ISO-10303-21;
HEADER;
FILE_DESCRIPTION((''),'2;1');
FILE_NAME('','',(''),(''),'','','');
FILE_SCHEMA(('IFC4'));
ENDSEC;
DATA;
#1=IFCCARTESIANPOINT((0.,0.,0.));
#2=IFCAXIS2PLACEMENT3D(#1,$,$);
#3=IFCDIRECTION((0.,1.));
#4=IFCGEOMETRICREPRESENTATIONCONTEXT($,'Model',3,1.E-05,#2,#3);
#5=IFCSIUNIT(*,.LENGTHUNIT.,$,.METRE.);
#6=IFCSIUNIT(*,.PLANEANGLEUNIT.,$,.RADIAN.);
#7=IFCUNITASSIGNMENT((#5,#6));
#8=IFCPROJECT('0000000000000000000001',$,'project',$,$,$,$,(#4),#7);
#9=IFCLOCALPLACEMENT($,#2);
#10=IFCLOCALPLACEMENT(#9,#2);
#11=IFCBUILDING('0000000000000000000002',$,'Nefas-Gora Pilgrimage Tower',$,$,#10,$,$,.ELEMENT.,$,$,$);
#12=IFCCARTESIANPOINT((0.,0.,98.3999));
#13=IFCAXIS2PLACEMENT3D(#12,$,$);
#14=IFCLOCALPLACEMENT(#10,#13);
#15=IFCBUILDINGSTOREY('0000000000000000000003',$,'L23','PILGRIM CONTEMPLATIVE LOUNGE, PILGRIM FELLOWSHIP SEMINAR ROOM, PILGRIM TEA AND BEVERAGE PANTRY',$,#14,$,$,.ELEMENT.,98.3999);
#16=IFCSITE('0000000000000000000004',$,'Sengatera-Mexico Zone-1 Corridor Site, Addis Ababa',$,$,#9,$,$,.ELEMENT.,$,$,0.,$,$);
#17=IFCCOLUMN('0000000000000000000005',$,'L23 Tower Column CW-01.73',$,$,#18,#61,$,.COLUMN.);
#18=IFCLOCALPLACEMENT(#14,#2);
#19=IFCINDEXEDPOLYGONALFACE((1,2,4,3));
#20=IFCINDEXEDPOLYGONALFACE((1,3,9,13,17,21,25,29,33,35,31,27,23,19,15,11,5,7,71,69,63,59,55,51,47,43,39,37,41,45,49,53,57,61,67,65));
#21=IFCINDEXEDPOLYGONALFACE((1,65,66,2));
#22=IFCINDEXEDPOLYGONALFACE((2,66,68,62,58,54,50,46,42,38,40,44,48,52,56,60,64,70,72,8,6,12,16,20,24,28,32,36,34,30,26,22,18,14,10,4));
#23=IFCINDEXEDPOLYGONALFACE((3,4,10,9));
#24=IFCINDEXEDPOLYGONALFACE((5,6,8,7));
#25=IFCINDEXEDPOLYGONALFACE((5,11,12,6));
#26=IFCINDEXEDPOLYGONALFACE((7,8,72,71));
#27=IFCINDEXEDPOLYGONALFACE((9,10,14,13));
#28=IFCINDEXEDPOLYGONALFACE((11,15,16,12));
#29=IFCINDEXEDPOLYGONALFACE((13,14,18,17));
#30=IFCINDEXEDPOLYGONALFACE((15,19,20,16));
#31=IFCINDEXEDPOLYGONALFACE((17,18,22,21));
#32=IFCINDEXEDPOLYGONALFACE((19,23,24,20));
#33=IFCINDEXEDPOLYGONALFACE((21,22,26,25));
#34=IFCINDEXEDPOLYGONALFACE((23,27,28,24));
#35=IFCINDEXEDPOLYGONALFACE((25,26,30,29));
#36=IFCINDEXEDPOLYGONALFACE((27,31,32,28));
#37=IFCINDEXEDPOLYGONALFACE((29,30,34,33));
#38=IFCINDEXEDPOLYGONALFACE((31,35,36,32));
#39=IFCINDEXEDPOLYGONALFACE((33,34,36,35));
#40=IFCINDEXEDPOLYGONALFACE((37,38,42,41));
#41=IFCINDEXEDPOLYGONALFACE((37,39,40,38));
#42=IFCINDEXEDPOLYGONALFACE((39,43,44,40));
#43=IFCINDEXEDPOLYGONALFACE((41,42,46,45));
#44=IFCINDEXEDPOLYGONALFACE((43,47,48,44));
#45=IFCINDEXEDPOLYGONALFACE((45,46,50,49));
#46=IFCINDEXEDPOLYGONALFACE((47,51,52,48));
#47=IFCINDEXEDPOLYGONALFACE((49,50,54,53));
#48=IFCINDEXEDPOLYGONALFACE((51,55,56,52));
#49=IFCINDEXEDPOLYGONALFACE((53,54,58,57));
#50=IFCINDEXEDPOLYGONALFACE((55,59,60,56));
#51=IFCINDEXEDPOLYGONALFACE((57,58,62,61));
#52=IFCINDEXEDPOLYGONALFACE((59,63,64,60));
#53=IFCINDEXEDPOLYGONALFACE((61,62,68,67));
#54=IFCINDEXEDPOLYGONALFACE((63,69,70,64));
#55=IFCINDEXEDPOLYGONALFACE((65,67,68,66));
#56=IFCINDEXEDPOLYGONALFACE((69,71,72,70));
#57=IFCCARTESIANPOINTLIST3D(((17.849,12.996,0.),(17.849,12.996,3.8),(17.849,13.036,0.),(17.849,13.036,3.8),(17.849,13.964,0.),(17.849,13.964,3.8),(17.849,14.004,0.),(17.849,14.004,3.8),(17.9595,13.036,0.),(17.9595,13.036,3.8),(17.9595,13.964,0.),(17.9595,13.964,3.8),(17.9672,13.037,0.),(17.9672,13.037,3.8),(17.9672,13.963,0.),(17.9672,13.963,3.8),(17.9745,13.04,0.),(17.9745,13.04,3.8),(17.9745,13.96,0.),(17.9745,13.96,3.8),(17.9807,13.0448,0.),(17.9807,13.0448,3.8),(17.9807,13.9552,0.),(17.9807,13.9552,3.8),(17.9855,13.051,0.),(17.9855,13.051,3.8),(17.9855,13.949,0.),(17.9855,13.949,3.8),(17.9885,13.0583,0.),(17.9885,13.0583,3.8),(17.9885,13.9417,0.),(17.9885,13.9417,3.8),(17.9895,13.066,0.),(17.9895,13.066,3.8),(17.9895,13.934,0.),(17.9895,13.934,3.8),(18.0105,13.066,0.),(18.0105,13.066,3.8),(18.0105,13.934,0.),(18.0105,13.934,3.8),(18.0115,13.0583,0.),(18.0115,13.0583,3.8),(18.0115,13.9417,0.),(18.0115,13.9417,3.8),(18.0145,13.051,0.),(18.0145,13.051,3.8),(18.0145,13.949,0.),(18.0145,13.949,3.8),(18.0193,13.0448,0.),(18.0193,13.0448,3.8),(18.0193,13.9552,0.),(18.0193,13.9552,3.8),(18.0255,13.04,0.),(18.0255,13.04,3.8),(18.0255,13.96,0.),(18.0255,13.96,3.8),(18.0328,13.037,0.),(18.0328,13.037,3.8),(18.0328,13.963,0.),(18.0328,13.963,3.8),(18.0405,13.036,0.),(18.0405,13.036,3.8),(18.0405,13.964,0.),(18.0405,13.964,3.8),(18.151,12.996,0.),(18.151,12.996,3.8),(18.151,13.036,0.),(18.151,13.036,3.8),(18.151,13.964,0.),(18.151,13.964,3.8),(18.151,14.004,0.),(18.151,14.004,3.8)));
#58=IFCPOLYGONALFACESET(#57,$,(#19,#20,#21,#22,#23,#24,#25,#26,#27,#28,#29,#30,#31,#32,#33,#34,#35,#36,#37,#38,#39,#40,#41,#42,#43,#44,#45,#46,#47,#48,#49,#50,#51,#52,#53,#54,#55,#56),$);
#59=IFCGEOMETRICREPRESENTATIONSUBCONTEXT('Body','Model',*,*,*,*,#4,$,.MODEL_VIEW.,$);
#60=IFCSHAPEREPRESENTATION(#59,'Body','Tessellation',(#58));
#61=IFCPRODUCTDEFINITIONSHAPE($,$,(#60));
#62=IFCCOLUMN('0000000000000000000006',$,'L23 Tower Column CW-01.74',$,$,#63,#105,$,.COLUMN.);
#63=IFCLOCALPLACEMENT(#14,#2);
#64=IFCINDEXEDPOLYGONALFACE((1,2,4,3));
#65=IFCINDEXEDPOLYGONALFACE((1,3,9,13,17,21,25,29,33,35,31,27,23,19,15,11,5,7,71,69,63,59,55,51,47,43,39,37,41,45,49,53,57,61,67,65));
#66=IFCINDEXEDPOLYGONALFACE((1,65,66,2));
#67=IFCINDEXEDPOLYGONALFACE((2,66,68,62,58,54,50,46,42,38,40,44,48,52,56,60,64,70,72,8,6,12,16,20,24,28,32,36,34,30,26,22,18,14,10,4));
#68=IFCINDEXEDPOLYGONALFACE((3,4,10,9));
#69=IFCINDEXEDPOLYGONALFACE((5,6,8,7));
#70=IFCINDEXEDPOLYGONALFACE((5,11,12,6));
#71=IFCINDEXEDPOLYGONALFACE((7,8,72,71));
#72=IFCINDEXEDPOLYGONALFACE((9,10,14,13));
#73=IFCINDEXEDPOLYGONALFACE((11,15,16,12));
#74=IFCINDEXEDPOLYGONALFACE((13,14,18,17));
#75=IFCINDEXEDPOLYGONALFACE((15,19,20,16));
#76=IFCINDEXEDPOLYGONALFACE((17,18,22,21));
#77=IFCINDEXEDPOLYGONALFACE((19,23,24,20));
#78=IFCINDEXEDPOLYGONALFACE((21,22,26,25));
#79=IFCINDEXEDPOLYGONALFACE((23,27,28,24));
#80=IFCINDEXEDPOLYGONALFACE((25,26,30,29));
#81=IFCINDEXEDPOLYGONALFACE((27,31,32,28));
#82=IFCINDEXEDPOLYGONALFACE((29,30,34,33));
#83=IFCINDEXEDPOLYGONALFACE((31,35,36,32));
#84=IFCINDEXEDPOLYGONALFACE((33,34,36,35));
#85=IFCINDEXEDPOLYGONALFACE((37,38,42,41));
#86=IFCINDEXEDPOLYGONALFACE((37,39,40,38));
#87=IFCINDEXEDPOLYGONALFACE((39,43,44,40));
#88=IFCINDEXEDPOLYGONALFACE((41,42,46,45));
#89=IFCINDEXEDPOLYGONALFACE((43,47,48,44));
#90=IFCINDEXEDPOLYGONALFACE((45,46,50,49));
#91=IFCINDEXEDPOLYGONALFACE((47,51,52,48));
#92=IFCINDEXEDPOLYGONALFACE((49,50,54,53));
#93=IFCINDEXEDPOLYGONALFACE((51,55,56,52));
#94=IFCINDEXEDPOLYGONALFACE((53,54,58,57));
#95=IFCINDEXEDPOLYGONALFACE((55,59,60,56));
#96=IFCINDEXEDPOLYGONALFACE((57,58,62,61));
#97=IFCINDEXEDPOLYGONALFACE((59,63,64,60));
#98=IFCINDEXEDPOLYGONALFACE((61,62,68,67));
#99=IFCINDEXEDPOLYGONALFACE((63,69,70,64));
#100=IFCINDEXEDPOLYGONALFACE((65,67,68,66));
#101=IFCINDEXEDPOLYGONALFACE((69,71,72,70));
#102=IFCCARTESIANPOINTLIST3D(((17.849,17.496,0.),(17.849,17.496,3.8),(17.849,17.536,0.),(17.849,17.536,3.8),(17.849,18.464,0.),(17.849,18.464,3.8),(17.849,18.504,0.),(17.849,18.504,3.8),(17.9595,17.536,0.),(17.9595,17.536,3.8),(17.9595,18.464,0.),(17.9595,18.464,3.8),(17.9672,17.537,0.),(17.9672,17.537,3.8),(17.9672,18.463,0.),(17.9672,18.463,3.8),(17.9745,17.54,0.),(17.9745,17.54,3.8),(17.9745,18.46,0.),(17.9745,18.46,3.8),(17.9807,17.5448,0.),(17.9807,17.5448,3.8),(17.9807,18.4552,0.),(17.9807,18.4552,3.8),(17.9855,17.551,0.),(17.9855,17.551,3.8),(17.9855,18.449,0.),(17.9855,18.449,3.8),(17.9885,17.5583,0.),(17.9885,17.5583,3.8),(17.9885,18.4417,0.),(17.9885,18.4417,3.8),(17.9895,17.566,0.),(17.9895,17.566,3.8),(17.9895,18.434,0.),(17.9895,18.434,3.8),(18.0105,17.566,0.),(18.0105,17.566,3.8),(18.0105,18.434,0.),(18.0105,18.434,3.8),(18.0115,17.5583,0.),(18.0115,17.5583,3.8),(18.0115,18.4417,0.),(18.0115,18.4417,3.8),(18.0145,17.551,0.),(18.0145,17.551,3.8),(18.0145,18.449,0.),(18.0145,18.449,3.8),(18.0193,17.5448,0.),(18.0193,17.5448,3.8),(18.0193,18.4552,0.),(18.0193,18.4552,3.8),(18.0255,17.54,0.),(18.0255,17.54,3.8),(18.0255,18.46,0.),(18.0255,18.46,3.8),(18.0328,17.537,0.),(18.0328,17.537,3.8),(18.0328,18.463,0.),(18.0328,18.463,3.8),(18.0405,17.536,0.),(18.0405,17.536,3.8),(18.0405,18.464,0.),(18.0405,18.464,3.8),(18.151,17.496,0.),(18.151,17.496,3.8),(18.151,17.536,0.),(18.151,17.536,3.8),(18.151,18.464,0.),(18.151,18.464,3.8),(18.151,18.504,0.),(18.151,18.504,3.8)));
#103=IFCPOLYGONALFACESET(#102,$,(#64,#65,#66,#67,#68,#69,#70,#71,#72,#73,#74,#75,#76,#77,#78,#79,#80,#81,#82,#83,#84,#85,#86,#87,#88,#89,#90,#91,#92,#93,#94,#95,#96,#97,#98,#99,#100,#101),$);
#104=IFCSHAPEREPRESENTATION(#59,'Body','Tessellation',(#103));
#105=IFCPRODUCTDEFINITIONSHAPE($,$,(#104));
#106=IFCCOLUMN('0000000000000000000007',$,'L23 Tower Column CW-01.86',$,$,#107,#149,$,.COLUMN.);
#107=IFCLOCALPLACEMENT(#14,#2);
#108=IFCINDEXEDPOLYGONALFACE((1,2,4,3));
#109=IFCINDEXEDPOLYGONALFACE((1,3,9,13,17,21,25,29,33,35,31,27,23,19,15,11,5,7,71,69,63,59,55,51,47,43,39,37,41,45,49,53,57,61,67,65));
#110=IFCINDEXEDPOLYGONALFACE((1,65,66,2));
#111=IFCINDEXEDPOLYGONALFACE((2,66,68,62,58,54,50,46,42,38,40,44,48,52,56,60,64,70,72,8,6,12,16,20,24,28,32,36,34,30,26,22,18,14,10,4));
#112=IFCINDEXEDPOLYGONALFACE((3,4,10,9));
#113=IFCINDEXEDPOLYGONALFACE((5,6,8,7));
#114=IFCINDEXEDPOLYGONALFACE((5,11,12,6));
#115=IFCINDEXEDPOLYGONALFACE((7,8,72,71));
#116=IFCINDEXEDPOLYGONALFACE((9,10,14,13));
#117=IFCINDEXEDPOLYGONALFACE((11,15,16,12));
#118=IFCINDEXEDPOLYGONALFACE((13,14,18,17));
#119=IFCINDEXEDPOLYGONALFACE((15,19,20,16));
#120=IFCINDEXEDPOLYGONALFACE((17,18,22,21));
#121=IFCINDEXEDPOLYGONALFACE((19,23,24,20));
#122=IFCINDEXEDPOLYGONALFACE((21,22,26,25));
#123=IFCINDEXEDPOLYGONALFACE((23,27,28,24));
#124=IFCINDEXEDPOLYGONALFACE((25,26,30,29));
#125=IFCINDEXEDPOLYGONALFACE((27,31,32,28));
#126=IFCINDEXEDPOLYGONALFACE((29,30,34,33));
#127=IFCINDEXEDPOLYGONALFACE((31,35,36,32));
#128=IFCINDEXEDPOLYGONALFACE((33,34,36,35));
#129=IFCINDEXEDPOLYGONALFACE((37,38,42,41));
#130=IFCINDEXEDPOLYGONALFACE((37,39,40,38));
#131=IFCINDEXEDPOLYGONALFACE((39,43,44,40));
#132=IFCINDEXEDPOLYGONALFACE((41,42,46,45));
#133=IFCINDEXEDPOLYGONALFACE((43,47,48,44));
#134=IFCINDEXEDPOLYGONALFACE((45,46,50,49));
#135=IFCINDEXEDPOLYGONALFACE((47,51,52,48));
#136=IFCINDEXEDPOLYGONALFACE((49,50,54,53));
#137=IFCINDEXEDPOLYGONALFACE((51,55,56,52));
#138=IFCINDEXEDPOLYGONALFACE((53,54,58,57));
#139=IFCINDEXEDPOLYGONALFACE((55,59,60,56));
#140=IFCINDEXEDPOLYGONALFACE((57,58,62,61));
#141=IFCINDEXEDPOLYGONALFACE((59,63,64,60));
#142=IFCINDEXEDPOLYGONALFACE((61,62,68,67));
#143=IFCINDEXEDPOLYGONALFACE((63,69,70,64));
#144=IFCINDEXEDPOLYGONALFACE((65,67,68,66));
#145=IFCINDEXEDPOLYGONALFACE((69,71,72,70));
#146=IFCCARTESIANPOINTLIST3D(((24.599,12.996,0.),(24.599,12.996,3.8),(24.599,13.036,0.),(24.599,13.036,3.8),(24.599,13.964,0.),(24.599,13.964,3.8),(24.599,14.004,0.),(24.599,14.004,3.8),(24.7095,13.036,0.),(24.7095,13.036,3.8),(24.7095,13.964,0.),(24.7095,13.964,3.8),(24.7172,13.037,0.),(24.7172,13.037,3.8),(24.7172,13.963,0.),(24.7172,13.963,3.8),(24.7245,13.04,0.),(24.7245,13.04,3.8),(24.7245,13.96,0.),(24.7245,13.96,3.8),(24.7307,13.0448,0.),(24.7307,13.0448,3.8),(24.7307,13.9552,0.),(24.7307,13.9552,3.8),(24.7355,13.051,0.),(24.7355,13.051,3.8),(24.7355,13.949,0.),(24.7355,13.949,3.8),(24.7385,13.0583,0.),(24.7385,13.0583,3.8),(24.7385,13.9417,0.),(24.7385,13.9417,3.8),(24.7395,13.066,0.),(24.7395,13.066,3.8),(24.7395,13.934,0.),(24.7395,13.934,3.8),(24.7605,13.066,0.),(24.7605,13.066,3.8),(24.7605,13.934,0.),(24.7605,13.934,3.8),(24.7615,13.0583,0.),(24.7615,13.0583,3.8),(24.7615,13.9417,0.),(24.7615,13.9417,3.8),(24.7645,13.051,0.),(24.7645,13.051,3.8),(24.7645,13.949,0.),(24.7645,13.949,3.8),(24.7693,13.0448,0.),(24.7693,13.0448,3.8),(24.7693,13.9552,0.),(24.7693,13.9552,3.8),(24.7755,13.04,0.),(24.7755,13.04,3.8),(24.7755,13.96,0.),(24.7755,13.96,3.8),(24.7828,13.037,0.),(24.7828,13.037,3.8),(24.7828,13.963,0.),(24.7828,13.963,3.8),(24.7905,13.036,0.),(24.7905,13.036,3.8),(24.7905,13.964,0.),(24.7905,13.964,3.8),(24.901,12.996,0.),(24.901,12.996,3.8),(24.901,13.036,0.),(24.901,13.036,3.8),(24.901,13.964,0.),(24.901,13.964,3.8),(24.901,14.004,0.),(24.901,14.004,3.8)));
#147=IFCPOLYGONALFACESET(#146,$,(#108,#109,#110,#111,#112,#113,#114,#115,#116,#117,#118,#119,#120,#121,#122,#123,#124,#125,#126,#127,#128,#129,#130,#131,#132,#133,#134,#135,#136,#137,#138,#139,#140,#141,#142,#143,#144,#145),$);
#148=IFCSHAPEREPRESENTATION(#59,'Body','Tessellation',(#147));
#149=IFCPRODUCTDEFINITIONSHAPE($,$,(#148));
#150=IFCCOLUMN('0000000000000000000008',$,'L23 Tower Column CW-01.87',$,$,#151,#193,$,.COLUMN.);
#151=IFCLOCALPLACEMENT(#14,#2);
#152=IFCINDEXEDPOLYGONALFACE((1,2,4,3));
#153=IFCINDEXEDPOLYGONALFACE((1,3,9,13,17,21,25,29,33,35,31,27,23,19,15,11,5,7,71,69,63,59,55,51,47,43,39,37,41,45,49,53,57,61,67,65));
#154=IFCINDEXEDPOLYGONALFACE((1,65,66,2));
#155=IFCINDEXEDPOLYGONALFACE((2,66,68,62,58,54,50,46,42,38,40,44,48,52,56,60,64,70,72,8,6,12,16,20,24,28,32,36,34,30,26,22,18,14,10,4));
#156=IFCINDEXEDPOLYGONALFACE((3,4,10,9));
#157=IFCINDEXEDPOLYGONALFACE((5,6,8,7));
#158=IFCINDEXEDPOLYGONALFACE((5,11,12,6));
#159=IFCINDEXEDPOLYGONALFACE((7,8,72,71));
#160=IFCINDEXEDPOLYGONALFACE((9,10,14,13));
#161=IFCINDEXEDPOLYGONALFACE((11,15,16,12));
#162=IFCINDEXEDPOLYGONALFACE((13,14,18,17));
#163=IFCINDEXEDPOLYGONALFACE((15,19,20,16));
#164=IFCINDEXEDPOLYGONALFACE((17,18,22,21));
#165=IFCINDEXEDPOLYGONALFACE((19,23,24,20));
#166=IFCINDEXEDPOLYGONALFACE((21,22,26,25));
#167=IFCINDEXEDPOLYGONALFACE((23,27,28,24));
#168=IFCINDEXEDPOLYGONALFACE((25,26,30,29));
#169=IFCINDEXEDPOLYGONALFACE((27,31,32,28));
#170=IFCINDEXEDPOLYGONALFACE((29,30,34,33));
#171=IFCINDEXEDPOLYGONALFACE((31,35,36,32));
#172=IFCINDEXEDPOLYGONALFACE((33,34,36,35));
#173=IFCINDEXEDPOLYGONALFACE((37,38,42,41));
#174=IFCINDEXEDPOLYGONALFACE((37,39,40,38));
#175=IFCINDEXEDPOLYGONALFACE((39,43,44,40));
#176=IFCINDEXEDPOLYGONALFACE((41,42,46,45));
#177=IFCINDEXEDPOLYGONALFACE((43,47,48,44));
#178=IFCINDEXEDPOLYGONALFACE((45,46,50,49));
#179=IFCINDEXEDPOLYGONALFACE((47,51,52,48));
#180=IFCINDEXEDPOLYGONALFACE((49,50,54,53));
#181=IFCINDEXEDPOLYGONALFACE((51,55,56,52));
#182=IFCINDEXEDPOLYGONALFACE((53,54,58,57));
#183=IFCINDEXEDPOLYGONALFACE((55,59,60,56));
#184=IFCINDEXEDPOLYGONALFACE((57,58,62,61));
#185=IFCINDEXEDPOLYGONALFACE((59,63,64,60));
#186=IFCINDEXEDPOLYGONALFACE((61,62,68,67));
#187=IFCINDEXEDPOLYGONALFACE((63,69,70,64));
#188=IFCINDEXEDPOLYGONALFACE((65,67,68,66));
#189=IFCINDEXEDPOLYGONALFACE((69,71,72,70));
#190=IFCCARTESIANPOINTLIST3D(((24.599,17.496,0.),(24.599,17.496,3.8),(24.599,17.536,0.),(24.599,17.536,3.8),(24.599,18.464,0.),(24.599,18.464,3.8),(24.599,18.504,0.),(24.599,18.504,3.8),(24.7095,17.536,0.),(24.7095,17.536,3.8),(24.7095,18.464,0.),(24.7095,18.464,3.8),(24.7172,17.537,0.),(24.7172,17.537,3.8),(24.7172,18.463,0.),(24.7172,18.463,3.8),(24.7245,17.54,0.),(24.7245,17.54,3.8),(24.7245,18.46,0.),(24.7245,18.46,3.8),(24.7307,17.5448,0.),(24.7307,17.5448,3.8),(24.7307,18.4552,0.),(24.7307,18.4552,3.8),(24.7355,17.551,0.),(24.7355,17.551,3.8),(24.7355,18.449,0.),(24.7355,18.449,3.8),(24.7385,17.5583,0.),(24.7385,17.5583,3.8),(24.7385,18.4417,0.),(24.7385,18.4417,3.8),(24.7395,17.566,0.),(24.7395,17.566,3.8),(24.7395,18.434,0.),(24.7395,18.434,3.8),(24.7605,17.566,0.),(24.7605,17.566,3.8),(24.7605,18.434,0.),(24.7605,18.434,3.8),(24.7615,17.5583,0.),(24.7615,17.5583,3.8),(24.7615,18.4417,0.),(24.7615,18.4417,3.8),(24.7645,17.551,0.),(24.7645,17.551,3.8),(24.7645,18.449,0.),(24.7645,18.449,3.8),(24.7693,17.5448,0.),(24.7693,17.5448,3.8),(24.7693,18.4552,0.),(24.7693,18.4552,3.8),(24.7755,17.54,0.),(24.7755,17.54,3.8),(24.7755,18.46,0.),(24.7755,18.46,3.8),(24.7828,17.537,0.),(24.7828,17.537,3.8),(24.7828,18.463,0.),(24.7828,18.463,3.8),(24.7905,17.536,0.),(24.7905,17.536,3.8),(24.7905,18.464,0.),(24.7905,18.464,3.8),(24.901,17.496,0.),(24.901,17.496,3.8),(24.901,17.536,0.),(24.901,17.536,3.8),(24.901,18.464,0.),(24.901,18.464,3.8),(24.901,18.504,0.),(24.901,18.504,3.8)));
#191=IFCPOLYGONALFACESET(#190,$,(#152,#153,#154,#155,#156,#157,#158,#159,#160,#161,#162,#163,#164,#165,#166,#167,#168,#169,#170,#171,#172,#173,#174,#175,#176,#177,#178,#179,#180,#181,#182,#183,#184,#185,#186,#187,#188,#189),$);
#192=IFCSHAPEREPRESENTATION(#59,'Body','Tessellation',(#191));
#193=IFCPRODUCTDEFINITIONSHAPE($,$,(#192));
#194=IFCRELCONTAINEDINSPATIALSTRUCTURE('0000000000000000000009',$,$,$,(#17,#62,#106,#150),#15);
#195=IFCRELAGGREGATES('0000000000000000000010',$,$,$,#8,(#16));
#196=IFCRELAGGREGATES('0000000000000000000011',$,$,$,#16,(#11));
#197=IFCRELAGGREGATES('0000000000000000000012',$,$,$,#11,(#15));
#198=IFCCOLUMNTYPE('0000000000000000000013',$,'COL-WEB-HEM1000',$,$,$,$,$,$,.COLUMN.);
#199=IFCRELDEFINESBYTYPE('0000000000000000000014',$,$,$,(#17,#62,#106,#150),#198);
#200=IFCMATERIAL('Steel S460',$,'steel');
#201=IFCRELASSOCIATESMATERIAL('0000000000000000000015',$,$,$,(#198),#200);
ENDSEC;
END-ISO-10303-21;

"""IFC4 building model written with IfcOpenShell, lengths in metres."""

from ifc_helpers import new_model, si_unit, direction, frame, origin, origin_2d, place, context, subcontext, project, spatial, i_section, extrude, source, transform, mapped, material, material_profile, profile_set, type_object, element, save


model = new_model("IFC4")

# Units and contexts
model_context = context("Model", 3, precision=1e-05, world=origin(), true_north=direction((0.0, 1.0)))
body_context = subcontext(model_context, "Body", "Model", "MODEL_VIEW")
ifc_project = project(units=[si_unit("LENGTHUNIT", "METRE"), si_unit("PLANEANGLEUNIT", "RADIAN")], contexts=[model_context])

# Site, building, storey
site_placement = place(None, origin())
site = spatial("IfcSite", under=ifc_project, at=site_placement, Name="Sengatera-Mexico Zone-1 Corridor Site, Addis Ababa", CompositionType="ELEMENT", RefElevation=0.0)
building_placement = place(site_placement, origin())
building = spatial("IfcBuilding", under=site, at=building_placement, Name="Nefas-Gora Pilgrimage Tower", CompositionType="ELEMENT")
storey_placement = place(building_placement, frame((0.0, 0.0, 98.3999)))
storey = spatial("IfcBuildingStorey", under=building, at=storey_placement, Name="L23", Description="PILGRIM CONTEMPLATIVE LOUNGE, PILGRIM FELLOWSHIP SEMINAR ROOM, PILGRIM TEA AND BEVERAGE PANTRY", CompositionType="ELEMENT", Elevation=98.3999)

# Columns
ifc_material_1 = material(Name="Steel S460", Category="steel")
ifc_material_profile_1 = material_profile(ifc_material_1, i_section(OverallWidth=0.302, OverallDepth=1.0081, WebThickness=0.021, FlangeThickness=0.04, FilletRadius=0.03, at=origin_2d()), Name="HEM 1000")
ifc_profile_set_1 = profile_set([ifc_material_profile_1], Name="Steel S460")
column_type_1 = type_object("IfcColumnType", Name="COL-WEB-HEM1000", PredefinedType="COLUMN", material=ifc_profile_set_1)
shared_shape_1 = source(origin(), body_context, "Body", "SweptSolid", [
    extrude(i_section(OverallWidth=0.302, OverallDepth=1.0081, WebThickness=0.021, FlangeThickness=0.04, FilletRadius=0.03, at=origin_2d()), origin(), (0.0, 0.0, 1.0), 3.8),
])
for number, where, z_axis, x_axis, name in (
    (1, (18.0, 13.5, 0.0), (0.0, 0.0, 1.0), (1.0, 0.0, 0.0), "L23 Tower Column CW-01.73"),
    (2, (18.0, 18.0, 0.0), (0.0, 0.0, 1.0), (1.0, 0.0, 0.0), "L23 Tower Column CW-01.74"),
    (3, (24.75, 13.5, 0.0), (0.0, 0.0, 1.0), (1.0, 0.0, 0.0), "L23 Tower Column CW-01.86"),
    (4, (24.75, 18.0, 0.0), (0.0, 0.0, 1.0), (1.0, 0.0, 0.0), "L23 Tower Column CW-01.87"),
):
    element("IfcColumn", number, at=place(storey_placement, frame(where, z_axis=z_axis, x_axis=x_axis)), inside=storey, type_object=column_type_1, Name=name, PredefinedType="COLUMN", context=body_context, shape_type="MappedRepresentation", body=[
        mapped(shared_shape_1, transform((0.0, 0.0, 0.0), x_axis=(1.0, 0.0, 0.0), y_axis=(0.0, 1.0, 0.0), z_axis=(0.0, 0.0, 1.0), scale=1.0)),
    ])

save(model, "model.ifc")
